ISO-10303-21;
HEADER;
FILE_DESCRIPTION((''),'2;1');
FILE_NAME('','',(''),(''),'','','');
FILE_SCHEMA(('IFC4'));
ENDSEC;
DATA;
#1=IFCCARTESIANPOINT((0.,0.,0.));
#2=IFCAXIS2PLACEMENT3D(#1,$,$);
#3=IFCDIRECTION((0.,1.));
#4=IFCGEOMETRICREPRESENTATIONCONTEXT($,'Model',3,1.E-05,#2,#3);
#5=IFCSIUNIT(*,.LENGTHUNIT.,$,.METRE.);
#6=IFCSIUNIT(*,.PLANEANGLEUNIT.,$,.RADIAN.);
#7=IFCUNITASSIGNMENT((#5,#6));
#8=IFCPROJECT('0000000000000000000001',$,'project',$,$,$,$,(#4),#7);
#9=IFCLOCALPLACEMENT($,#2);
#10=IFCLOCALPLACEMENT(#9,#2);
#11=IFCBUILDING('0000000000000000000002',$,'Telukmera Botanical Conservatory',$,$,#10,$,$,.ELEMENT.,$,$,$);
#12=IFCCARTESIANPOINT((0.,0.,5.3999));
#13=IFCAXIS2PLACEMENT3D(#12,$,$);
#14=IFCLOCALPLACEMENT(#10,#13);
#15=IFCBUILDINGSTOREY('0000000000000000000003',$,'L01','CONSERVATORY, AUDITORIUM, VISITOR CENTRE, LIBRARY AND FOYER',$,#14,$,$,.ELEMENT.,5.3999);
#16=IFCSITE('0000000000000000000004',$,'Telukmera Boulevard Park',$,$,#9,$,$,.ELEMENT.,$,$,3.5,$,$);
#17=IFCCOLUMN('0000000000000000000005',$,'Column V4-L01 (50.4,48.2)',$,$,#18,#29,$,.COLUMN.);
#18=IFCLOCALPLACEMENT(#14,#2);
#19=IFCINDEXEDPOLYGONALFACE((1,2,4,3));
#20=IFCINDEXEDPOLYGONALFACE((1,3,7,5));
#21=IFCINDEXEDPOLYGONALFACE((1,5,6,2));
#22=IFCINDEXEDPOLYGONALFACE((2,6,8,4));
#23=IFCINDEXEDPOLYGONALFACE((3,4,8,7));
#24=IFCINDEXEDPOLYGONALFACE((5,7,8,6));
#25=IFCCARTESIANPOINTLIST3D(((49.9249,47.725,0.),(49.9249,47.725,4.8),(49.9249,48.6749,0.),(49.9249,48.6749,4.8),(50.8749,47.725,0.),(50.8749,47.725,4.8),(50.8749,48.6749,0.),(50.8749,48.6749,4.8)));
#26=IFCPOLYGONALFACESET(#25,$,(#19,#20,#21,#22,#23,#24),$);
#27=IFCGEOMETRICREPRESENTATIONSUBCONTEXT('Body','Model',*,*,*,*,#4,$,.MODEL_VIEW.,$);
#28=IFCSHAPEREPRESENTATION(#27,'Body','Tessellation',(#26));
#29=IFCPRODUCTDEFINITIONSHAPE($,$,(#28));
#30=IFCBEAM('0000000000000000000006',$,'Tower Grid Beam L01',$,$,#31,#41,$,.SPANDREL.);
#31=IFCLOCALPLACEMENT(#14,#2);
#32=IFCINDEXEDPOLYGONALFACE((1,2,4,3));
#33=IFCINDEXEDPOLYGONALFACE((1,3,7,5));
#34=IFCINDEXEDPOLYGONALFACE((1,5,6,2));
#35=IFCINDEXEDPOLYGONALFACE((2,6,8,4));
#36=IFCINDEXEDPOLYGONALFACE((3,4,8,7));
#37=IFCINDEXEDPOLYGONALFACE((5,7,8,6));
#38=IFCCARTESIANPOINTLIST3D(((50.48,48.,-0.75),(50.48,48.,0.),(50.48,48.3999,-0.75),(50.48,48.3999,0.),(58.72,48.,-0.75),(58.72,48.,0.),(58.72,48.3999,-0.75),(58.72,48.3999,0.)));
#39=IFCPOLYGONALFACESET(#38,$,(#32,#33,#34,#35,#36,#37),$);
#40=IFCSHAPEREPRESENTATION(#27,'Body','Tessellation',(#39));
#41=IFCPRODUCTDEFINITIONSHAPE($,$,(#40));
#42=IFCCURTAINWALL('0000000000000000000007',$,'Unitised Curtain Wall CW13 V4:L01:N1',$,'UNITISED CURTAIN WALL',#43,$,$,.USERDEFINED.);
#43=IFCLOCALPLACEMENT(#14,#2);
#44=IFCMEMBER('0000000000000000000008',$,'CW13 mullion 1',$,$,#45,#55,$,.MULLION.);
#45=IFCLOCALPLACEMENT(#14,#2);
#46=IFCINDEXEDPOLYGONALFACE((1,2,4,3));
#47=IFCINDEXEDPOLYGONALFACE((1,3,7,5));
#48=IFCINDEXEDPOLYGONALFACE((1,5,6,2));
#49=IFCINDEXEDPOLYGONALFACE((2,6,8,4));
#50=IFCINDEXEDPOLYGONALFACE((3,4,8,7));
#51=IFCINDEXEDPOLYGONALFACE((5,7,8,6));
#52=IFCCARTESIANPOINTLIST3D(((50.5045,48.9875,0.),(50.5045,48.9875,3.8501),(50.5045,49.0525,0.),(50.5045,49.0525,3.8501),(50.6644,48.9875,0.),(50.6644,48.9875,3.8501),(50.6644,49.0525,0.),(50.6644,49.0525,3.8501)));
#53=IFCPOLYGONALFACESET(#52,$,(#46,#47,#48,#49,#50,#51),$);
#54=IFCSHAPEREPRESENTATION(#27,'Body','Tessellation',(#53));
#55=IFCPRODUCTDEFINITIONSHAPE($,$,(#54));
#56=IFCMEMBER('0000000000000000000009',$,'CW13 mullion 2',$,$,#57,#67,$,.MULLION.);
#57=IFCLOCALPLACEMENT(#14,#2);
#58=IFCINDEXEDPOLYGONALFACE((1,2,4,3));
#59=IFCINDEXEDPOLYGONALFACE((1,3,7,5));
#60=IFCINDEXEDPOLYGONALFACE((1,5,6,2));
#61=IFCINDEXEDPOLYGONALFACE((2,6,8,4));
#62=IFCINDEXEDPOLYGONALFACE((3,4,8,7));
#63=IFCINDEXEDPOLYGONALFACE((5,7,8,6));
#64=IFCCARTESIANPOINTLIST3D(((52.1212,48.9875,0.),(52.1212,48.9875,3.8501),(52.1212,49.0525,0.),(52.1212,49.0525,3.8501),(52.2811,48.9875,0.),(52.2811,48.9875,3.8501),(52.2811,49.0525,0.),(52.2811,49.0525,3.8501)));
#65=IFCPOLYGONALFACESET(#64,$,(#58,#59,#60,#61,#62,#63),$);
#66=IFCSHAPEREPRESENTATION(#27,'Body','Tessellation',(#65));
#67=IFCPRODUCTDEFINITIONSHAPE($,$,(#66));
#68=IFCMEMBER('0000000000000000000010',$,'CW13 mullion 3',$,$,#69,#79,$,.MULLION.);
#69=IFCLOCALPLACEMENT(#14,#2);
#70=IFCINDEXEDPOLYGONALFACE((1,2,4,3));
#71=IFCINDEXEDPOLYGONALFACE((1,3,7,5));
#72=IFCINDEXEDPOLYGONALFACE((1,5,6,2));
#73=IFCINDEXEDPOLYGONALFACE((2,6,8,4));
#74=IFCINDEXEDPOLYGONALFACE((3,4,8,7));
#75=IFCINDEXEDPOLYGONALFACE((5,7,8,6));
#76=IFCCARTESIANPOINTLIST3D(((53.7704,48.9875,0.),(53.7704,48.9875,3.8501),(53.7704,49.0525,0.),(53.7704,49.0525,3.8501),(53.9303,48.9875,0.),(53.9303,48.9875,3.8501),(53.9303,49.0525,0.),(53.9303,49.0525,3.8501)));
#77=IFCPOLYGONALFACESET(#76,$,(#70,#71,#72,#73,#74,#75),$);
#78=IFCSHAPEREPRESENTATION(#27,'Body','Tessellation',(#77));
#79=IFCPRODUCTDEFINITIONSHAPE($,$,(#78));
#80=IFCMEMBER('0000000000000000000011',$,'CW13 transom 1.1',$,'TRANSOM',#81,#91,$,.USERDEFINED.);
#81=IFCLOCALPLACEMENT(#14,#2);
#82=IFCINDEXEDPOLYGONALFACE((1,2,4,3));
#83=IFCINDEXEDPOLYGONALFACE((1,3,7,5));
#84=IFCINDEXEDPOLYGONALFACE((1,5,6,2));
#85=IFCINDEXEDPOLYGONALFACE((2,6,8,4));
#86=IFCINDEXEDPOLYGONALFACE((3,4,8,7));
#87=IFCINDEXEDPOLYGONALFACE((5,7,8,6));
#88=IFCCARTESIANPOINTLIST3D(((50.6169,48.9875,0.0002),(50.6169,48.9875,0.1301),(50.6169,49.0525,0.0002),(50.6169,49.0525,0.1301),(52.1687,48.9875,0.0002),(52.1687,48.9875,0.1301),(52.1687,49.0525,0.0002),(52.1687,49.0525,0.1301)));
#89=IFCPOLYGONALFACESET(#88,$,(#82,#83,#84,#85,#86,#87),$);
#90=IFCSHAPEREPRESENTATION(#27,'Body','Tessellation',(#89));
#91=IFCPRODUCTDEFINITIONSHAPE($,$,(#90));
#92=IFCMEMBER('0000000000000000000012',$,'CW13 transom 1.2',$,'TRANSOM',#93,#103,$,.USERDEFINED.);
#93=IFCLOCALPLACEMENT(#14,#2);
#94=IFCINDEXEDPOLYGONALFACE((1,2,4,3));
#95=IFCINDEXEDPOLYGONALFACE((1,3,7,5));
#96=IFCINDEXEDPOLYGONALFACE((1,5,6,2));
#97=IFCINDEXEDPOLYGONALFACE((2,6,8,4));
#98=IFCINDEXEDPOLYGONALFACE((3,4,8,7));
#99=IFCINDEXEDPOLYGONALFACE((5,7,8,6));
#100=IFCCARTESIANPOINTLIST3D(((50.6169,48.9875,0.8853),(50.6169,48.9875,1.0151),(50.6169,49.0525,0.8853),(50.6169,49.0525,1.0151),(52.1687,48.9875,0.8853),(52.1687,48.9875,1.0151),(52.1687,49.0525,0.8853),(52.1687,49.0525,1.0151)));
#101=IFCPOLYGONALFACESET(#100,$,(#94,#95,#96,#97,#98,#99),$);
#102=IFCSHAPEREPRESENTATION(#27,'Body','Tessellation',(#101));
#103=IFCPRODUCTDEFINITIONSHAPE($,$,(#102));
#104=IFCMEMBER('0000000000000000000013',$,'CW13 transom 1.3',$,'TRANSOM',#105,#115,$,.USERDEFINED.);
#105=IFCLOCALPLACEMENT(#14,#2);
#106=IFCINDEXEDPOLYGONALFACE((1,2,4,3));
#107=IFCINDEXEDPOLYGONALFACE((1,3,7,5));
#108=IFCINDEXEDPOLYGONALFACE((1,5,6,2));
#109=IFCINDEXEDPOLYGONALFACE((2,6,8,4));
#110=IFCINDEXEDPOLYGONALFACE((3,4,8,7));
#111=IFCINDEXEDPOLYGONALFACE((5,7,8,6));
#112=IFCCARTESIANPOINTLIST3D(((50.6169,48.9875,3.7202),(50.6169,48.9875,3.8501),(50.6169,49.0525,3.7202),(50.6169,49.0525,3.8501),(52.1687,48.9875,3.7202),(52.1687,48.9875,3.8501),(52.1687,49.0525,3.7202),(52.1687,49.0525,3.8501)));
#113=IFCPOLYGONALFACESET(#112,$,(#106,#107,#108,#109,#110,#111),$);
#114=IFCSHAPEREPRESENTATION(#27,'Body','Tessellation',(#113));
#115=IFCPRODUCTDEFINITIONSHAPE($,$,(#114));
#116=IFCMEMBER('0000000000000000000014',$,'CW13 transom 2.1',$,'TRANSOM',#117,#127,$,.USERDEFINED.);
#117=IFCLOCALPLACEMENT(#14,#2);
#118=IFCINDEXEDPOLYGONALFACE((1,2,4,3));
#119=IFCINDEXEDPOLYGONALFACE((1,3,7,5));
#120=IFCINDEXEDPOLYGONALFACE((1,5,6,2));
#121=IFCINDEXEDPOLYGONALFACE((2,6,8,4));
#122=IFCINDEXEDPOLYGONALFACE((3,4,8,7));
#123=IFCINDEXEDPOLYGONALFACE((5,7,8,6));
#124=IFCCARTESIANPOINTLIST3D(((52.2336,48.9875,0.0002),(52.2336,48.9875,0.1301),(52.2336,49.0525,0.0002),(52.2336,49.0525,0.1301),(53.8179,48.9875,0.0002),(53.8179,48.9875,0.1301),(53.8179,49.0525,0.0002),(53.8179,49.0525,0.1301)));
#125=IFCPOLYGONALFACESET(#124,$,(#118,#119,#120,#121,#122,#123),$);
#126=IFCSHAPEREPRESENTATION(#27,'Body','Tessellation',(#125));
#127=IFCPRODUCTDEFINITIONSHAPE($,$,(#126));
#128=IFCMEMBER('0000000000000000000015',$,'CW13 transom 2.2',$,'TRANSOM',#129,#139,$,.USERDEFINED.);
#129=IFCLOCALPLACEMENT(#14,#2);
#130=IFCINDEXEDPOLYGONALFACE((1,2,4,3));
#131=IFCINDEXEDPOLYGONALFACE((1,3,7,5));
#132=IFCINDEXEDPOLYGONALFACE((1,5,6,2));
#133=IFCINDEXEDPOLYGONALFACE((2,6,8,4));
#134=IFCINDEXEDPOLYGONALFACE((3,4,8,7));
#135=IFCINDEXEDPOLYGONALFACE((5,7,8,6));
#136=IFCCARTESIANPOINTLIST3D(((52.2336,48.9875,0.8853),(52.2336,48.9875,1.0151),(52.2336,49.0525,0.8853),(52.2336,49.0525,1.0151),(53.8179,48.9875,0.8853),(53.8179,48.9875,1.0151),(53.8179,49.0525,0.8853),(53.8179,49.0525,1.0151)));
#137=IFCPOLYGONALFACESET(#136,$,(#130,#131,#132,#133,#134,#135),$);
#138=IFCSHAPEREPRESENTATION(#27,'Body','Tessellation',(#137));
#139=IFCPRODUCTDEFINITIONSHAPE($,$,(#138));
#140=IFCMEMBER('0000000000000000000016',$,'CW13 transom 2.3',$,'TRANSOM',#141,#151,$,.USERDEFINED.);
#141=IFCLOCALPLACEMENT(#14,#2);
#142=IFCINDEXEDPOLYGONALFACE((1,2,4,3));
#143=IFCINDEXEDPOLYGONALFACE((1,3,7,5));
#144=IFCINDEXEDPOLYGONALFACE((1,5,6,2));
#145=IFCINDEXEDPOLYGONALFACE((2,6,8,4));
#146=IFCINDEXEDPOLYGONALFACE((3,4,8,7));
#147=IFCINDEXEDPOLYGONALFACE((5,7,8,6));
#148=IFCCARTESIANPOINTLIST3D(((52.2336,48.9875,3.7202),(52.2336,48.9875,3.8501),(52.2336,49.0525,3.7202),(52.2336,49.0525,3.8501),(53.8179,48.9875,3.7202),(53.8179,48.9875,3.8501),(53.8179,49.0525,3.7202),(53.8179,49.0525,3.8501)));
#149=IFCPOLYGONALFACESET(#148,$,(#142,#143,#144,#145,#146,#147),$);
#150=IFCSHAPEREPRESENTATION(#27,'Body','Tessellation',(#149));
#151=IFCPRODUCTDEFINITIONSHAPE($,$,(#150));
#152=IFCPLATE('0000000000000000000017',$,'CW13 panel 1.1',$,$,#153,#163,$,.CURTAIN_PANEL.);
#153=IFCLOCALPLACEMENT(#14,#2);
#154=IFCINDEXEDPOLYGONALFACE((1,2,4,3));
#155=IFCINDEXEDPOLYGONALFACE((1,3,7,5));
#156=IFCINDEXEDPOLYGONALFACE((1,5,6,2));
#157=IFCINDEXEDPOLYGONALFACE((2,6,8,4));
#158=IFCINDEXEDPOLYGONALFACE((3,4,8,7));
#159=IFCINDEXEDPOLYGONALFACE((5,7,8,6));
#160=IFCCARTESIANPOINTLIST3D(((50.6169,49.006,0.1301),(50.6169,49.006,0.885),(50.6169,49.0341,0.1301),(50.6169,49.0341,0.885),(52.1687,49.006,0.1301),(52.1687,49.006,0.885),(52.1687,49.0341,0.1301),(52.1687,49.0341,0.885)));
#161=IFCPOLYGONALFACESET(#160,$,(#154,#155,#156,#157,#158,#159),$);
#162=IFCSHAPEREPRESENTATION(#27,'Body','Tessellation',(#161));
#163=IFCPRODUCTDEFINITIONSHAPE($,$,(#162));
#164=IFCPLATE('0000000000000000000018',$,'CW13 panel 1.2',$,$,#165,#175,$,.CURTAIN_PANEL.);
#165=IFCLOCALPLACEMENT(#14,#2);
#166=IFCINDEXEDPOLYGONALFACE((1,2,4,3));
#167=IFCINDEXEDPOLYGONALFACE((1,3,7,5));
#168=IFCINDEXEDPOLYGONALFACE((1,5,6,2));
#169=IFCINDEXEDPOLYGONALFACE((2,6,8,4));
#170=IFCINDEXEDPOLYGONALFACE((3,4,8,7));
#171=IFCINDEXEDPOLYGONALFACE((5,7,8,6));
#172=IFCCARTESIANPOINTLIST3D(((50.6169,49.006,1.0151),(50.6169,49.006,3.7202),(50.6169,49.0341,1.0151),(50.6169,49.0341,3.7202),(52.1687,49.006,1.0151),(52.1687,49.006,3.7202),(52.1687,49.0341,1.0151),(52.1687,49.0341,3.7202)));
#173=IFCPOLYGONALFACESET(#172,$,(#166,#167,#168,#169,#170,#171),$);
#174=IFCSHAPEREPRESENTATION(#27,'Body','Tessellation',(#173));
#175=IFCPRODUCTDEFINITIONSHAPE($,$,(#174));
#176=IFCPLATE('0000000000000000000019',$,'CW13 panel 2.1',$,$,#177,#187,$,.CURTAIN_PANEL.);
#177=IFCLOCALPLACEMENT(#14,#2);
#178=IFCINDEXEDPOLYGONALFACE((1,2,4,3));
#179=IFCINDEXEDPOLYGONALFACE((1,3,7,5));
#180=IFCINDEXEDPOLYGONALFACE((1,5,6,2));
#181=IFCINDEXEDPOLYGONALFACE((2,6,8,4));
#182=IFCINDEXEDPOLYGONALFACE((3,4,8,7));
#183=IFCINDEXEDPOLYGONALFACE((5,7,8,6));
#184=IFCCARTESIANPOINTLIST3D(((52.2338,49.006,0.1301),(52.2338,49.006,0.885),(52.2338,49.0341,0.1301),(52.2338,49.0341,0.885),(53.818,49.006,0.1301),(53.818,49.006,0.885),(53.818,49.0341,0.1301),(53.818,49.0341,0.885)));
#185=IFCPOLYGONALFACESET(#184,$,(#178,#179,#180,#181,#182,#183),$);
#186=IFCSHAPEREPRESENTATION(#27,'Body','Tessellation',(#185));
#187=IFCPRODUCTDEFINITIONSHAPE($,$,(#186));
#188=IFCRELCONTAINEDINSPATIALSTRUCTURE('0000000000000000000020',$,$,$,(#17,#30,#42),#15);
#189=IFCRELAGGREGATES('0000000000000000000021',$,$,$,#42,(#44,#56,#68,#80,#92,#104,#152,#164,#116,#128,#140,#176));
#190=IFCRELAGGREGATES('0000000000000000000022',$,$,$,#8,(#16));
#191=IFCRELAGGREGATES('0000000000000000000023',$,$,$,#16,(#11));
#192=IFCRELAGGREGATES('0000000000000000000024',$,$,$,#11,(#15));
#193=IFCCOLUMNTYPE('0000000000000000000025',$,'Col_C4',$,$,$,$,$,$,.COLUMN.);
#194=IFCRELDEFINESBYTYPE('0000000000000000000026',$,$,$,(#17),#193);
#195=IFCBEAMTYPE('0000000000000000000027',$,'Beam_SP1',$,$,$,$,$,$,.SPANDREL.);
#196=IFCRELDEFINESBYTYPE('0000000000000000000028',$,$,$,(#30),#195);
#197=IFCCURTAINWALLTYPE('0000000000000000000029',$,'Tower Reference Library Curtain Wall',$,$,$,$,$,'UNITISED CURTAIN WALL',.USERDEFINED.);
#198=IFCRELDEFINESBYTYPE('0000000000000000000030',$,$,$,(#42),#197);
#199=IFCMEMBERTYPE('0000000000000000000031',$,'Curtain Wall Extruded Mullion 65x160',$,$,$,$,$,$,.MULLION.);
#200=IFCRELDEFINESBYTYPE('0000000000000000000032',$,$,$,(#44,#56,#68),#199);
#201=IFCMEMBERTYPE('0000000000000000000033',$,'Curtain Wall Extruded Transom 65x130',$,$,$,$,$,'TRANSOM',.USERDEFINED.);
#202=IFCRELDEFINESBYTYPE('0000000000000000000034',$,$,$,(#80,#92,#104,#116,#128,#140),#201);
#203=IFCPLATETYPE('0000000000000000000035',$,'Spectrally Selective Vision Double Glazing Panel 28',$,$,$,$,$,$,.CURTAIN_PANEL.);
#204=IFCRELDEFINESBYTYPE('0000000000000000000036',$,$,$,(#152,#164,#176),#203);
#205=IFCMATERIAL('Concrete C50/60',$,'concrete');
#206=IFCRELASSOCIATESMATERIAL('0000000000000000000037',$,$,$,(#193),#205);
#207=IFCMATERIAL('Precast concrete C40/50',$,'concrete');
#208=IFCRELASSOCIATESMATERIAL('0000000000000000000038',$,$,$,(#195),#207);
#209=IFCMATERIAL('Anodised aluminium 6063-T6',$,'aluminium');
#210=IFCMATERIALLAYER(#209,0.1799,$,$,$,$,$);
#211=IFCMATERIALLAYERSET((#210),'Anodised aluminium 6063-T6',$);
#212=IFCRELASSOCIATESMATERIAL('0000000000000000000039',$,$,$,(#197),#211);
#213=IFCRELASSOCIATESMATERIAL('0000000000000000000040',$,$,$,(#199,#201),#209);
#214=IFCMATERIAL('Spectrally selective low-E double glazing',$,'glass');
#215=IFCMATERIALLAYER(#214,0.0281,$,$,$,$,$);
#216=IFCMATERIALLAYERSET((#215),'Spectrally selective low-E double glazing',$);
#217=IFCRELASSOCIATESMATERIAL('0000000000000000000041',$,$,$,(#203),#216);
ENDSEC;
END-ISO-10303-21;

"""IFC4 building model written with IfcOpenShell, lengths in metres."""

from ifc_helpers import new_model, si_unit, direction, frame, origin, origin_2d, place, context, subcontext, project, spatial, rectangle, extrude, material, layer, layer_set, material_profile, profile_set, type_object, element, aggregate, save


model = new_model("IFC4")

# Units and contexts
model_context = context("Model", 3, precision=1e-05, world=origin(), true_north=direction((0.0, 1.0)))
body_context = subcontext(model_context, "Body", "Model", "MODEL_VIEW")
ifc_project = project(units=[si_unit("LENGTHUNIT", "METRE"), si_unit("PLANEANGLEUNIT", "RADIAN")], contexts=[model_context])

# Site, building, storey
site_placement = place(None, origin())
site = spatial("IfcSite", under=ifc_project, at=site_placement, Name="Telukmera Boulevard Park", CompositionType="ELEMENT", RefElevation=3.5)
building_placement = place(site_placement, origin())
building = spatial("IfcBuilding", under=site, at=building_placement, Name="Telukmera Botanical Conservatory", CompositionType="ELEMENT")
storey_placement = place(building_placement, frame((0.0, 0.0, 5.3999)))
storey = spatial("IfcBuildingStorey", under=building, at=storey_placement, Name="L01", Description="CONSERVATORY, AUDITORIUM, VISITOR CENTRE, LIBRARY AND FOYER", CompositionType="ELEMENT", Elevation=5.3999)

# Column
ifc_material_1 = material(Name="Concrete C50/60", Category="concrete")
ifc_material_profile_1 = material_profile(ifc_material_1, rectangle(XDim=0.95, YDim=0.95, at=origin_2d()), Name="RC 950x950")
ifc_profile_set_1 = profile_set([ifc_material_profile_1], Name="Concrete C50/60")
column_type = type_object("IfcColumnType", Name="Col_C4", PredefinedType="COLUMN", material=ifc_profile_set_1)
column_placement = place(storey_placement, frame((50.3999, 48.2, 0.0), z_axis=(0.0, 0.0, 1.0), x_axis=(1.0, 0.0, 0.0)))
element("IfcColumn", 1, at=column_placement, inside=storey, type_object=column_type, Name="Column V4-L01 (50.4,48.2)", PredefinedType="COLUMN", context=body_context, shape_type="SweptSolid", body=[
    extrude(rectangle(XDim=0.95, YDim=0.95, at=origin_2d()), origin(), (0.0, 0.0, 1.0), 4.8),
])

# Beam
ifc_material_2 = material(Name="Precast concrete C40/50", Category="concrete")
ifc_material_profile_2 = material_profile(ifc_material_2, rectangle(XDim=0.3999, YDim=0.75, at=origin_2d()), Name="PC 400x750")
ifc_profile_set_2 = profile_set([ifc_material_profile_2], Name="Precast concrete C40/50")
beam_type = type_object("IfcBeamType", Name="Beam_SP1", PredefinedType="SPANDREL", material=ifc_profile_set_2)
beam_placement = place(storey_placement, frame((50.48, 48.2, -0.375), z_axis=(1.0, 0.0, 0.0), x_axis=(0.0, 1.0, 0.0)))
element("IfcBeam", 2, at=beam_placement, inside=storey, type_object=beam_type, Name="Tower Grid Beam L01", PredefinedType="SPANDREL", context=body_context, shape_type="SweptSolid", body=[
    extrude(rectangle(XDim=0.3999, YDim=0.75, at=origin_2d()), origin(), (0.0, 0.0, 1.0), 8.24),
])

# Curtain wall, members, plates
ifc_material_3 = material(Name="Anodised aluminium 6063-T6", Category="aluminium")
ifc_layer_1 = layer(ifc_material_3, 0.1799)
ifc_layer_set_1 = layer_set([ifc_layer_1], Name="Anodised aluminium 6063-T6")
curtain_wall_type = type_object("IfcCurtainWallType", Name="Tower Reference Library Curtain Wall", ElementType="UNITISED CURTAIN WALL", PredefinedType="USERDEFINED", material=ifc_layer_set_1)
curtain_wall_placement = place(storey_placement, origin())
curtain_wall = element("IfcCurtainWall", 3, at=curtain_wall_placement, inside=storey, type_object=curtain_wall_type, Name="Unitised Curtain Wall CW13 V4:L01:N1", ObjectType="UNITISED CURTAIN WALL", PredefinedType="USERDEFINED")
ifc_material_profile_3 = material_profile(ifc_material_3, rectangle(XDim=0.0649, YDim=0.1599, at=origin_2d()), Name="ALU MULL 65x160")
ifc_profile_set_3 = profile_set([ifc_material_profile_3], Name="Anodised aluminium 6063-T6")
member_type_1 = type_object("IfcMemberType", Name="Curtain Wall Extruded Mullion 65x160", PredefinedType="MULLION", material=ifc_profile_set_3)
member_1_placement = place(storey_placement, frame((50.5845, 49.02, 0.0), z_axis=(0.0, 0.0, 1.0), x_axis=(0.0, 1.0, 0.0)))
member_1 = element("IfcMember", 4, at=member_1_placement, type_object=member_type_1, Name="CW13 mullion 1", PredefinedType="MULLION", context=body_context, shape_type="SweptSolid", body=[
    extrude(rectangle(XDim=0.0649, YDim=0.1599, at=origin_2d()), origin(), (0.0, 0.0, 1.0), 3.8501),
])
member_2_placement = place(storey_placement, frame((52.2012, 49.02, 0.0), z_axis=(0.0, 0.0, 1.0), x_axis=(0.0, 1.0, 0.0)))
member_2 = element("IfcMember", 5, at=member_2_placement, type_object=member_type_1, Name="CW13 mullion 2", PredefinedType="MULLION", context=body_context, shape_type="SweptSolid", body=[
    extrude(rectangle(XDim=0.0649, YDim=0.1599, at=origin_2d()), origin(), (0.0, 0.0, 1.0), 3.8501),
])
member_3_placement = place(storey_placement, frame((53.8503, 49.02, 0.0), z_axis=(0.0, 0.0, 1.0), x_axis=(0.0, 1.0, 0.0)))
member_3 = element("IfcMember", 6, at=member_3_placement, type_object=member_type_1, Name="CW13 mullion 3", PredefinedType="MULLION", context=body_context, shape_type="SweptSolid", body=[
    extrude(rectangle(XDim=0.0649, YDim=0.1599, at=origin_2d()), origin(), (0.0, 0.0, 1.0), 3.8501),
])
ifc_material_profile_4 = material_profile(ifc_material_3, rectangle(XDim=0.0649, YDim=0.1299, at=origin_2d()), Name="ALU TRAN 65x130")
ifc_profile_set_4 = profile_set([ifc_material_profile_4], Name="Anodised aluminium 6063-T6")
member_type_2 = type_object("IfcMemberType", Name="Curtain Wall Extruded Transom 65x130", ElementType="TRANSOM", PredefinedType="USERDEFINED", material=ifc_profile_set_4)
member_4_placement = place(storey_placement, frame((50.6169, 49.02, 0.0652), z_axis=(1.0, 0.0, 0.0), x_axis=(0.0, 1.0, 0.0)))
member_4 = element("IfcMember", 7, at=member_4_placement, type_object=member_type_2, Name="CW13 transom 1.1", ObjectType="TRANSOM", PredefinedType="USERDEFINED", context=body_context, shape_type="SweptSolid", body=[
    extrude(rectangle(XDim=0.0649, YDim=0.1299, at=origin_2d()), origin(), (0.0, 0.0, 1.0), 1.5518),
])
member_5_placement = place(storey_placement, frame((50.6169, 49.02, 0.9502), z_axis=(1.0, 0.0, 0.0), x_axis=(0.0, 1.0, 0.0)))
member_5 = element("IfcMember", 8, at=member_5_placement, type_object=member_type_2, Name="CW13 transom 1.2", ObjectType="TRANSOM", PredefinedType="USERDEFINED", context=body_context, shape_type="SweptSolid", body=[
    extrude(rectangle(XDim=0.0649, YDim=0.1299, at=origin_2d()), origin(), (0.0, 0.0, 1.0), 1.5518),
])
member_6_placement = place(storey_placement, frame((50.6169, 49.02, 3.7852), z_axis=(1.0, 0.0, 0.0), x_axis=(0.0, 1.0, 0.0)))
member_6 = element("IfcMember", 9, at=member_6_placement, type_object=member_type_2, Name="CW13 transom 1.3", ObjectType="TRANSOM", PredefinedType="USERDEFINED", context=body_context, shape_type="SweptSolid", body=[
    extrude(rectangle(XDim=0.0649, YDim=0.1299, at=origin_2d()), origin(), (0.0, 0.0, 1.0), 1.5518),
])
member_7_placement = place(storey_placement, frame((52.2336, 49.02, 0.0652), z_axis=(1.0, 0.0, 0.0), x_axis=(0.0, 1.0, 0.0)))
member_7 = element("IfcMember", 10, at=member_7_placement, type_object=member_type_2, Name="CW13 transom 2.1", ObjectType="TRANSOM", PredefinedType="USERDEFINED", context=body_context, shape_type="SweptSolid", body=[
    extrude(rectangle(XDim=0.0649, YDim=0.1299, at=origin_2d()), origin(), (0.0, 0.0, 1.0), 1.5842),
])
member_8_placement = place(storey_placement, frame((52.2336, 49.02, 0.9502), z_axis=(1.0, 0.0, 0.0), x_axis=(0.0, 1.0, 0.0)))
member_8 = element("IfcMember", 11, at=member_8_placement, type_object=member_type_2, Name="CW13 transom 2.2", ObjectType="TRANSOM", PredefinedType="USERDEFINED", context=body_context, shape_type="SweptSolid", body=[
    extrude(rectangle(XDim=0.0649, YDim=0.1299, at=origin_2d()), origin(), (0.0, 0.0, 1.0), 1.5842),
])
member_9_placement = place(storey_placement, frame((52.2336, 49.02, 3.7852), z_axis=(1.0, 0.0, 0.0), x_axis=(0.0, 1.0, 0.0)))
member_9 = element("IfcMember", 12, at=member_9_placement, type_object=member_type_2, Name="CW13 transom 2.3", ObjectType="TRANSOM", PredefinedType="USERDEFINED", context=body_context, shape_type="SweptSolid", body=[
    extrude(rectangle(XDim=0.0649, YDim=0.1299, at=origin_2d()), origin(), (0.0, 0.0, 1.0), 1.5842),
])
ifc_material_4 = material(Name="Spectrally selective low-E double glazing", Category="glass")
ifc_layer_2 = layer(ifc_material_4, 0.0281)
ifc_layer_set_2 = layer_set([ifc_layer_2], Name="Spectrally selective low-E double glazing")
plate_type = type_object("IfcPlateType", Name="Spectrally Selective Vision Double Glazing Panel 28", PredefinedType="CURTAIN_PANEL", material=ifc_layer_set_2)
plate_1_placement = place(storey_placement, frame((51.3928, 49.02, 0.1301), z_axis=(0.0, 0.0, 1.0), x_axis=(1.0, 0.0, 0.0)))
plate_1 = element("IfcPlate", 13, at=plate_1_placement, type_object=plate_type, Name="CW13 panel 1.1", PredefinedType="CURTAIN_PANEL", context=body_context, shape_type="SweptSolid", body=[
    extrude(rectangle(XDim=1.5518, YDim=0.0281, at=origin_2d()), origin(), (0.0, 0.0, 1.0), 0.7549),
])
plate_2_placement = place(storey_placement, frame((51.3928, 49.02, 1.0151), z_axis=(0.0, 0.0, 1.0), x_axis=(1.0, 0.0, 0.0)))
plate_2 = element("IfcPlate", 14, at=plate_2_placement, type_object=plate_type, Name="CW13 panel 1.2", PredefinedType="CURTAIN_PANEL", context=body_context, shape_type="SweptSolid", body=[
    extrude(rectangle(XDim=1.5518, YDim=0.0281, at=origin_2d()), origin(), (0.0, 0.0, 1.0), 2.7051),
])
plate_3_placement = place(storey_placement, frame((53.0259, 49.02, 0.1301), z_axis=(0.0, 0.0, 1.0), x_axis=(1.0, 0.0, 0.0)))
plate_3 = element("IfcPlate", 15, at=plate_3_placement, type_object=plate_type, Name="CW13 panel 2.1", PredefinedType="CURTAIN_PANEL", context=body_context, shape_type="SweptSolid", body=[
    extrude(rectangle(XDim=1.5842, YDim=0.0281, at=origin_2d()), origin(), (0.0, 0.0, 1.0), 0.7549),
])
aggregate(curtain_wall, [member_1, member_2, member_3, member_4, member_5, member_6, plate_1, plate_2, member_7, member_8, member_9, plate_3])

save(model, "model.ifc")
